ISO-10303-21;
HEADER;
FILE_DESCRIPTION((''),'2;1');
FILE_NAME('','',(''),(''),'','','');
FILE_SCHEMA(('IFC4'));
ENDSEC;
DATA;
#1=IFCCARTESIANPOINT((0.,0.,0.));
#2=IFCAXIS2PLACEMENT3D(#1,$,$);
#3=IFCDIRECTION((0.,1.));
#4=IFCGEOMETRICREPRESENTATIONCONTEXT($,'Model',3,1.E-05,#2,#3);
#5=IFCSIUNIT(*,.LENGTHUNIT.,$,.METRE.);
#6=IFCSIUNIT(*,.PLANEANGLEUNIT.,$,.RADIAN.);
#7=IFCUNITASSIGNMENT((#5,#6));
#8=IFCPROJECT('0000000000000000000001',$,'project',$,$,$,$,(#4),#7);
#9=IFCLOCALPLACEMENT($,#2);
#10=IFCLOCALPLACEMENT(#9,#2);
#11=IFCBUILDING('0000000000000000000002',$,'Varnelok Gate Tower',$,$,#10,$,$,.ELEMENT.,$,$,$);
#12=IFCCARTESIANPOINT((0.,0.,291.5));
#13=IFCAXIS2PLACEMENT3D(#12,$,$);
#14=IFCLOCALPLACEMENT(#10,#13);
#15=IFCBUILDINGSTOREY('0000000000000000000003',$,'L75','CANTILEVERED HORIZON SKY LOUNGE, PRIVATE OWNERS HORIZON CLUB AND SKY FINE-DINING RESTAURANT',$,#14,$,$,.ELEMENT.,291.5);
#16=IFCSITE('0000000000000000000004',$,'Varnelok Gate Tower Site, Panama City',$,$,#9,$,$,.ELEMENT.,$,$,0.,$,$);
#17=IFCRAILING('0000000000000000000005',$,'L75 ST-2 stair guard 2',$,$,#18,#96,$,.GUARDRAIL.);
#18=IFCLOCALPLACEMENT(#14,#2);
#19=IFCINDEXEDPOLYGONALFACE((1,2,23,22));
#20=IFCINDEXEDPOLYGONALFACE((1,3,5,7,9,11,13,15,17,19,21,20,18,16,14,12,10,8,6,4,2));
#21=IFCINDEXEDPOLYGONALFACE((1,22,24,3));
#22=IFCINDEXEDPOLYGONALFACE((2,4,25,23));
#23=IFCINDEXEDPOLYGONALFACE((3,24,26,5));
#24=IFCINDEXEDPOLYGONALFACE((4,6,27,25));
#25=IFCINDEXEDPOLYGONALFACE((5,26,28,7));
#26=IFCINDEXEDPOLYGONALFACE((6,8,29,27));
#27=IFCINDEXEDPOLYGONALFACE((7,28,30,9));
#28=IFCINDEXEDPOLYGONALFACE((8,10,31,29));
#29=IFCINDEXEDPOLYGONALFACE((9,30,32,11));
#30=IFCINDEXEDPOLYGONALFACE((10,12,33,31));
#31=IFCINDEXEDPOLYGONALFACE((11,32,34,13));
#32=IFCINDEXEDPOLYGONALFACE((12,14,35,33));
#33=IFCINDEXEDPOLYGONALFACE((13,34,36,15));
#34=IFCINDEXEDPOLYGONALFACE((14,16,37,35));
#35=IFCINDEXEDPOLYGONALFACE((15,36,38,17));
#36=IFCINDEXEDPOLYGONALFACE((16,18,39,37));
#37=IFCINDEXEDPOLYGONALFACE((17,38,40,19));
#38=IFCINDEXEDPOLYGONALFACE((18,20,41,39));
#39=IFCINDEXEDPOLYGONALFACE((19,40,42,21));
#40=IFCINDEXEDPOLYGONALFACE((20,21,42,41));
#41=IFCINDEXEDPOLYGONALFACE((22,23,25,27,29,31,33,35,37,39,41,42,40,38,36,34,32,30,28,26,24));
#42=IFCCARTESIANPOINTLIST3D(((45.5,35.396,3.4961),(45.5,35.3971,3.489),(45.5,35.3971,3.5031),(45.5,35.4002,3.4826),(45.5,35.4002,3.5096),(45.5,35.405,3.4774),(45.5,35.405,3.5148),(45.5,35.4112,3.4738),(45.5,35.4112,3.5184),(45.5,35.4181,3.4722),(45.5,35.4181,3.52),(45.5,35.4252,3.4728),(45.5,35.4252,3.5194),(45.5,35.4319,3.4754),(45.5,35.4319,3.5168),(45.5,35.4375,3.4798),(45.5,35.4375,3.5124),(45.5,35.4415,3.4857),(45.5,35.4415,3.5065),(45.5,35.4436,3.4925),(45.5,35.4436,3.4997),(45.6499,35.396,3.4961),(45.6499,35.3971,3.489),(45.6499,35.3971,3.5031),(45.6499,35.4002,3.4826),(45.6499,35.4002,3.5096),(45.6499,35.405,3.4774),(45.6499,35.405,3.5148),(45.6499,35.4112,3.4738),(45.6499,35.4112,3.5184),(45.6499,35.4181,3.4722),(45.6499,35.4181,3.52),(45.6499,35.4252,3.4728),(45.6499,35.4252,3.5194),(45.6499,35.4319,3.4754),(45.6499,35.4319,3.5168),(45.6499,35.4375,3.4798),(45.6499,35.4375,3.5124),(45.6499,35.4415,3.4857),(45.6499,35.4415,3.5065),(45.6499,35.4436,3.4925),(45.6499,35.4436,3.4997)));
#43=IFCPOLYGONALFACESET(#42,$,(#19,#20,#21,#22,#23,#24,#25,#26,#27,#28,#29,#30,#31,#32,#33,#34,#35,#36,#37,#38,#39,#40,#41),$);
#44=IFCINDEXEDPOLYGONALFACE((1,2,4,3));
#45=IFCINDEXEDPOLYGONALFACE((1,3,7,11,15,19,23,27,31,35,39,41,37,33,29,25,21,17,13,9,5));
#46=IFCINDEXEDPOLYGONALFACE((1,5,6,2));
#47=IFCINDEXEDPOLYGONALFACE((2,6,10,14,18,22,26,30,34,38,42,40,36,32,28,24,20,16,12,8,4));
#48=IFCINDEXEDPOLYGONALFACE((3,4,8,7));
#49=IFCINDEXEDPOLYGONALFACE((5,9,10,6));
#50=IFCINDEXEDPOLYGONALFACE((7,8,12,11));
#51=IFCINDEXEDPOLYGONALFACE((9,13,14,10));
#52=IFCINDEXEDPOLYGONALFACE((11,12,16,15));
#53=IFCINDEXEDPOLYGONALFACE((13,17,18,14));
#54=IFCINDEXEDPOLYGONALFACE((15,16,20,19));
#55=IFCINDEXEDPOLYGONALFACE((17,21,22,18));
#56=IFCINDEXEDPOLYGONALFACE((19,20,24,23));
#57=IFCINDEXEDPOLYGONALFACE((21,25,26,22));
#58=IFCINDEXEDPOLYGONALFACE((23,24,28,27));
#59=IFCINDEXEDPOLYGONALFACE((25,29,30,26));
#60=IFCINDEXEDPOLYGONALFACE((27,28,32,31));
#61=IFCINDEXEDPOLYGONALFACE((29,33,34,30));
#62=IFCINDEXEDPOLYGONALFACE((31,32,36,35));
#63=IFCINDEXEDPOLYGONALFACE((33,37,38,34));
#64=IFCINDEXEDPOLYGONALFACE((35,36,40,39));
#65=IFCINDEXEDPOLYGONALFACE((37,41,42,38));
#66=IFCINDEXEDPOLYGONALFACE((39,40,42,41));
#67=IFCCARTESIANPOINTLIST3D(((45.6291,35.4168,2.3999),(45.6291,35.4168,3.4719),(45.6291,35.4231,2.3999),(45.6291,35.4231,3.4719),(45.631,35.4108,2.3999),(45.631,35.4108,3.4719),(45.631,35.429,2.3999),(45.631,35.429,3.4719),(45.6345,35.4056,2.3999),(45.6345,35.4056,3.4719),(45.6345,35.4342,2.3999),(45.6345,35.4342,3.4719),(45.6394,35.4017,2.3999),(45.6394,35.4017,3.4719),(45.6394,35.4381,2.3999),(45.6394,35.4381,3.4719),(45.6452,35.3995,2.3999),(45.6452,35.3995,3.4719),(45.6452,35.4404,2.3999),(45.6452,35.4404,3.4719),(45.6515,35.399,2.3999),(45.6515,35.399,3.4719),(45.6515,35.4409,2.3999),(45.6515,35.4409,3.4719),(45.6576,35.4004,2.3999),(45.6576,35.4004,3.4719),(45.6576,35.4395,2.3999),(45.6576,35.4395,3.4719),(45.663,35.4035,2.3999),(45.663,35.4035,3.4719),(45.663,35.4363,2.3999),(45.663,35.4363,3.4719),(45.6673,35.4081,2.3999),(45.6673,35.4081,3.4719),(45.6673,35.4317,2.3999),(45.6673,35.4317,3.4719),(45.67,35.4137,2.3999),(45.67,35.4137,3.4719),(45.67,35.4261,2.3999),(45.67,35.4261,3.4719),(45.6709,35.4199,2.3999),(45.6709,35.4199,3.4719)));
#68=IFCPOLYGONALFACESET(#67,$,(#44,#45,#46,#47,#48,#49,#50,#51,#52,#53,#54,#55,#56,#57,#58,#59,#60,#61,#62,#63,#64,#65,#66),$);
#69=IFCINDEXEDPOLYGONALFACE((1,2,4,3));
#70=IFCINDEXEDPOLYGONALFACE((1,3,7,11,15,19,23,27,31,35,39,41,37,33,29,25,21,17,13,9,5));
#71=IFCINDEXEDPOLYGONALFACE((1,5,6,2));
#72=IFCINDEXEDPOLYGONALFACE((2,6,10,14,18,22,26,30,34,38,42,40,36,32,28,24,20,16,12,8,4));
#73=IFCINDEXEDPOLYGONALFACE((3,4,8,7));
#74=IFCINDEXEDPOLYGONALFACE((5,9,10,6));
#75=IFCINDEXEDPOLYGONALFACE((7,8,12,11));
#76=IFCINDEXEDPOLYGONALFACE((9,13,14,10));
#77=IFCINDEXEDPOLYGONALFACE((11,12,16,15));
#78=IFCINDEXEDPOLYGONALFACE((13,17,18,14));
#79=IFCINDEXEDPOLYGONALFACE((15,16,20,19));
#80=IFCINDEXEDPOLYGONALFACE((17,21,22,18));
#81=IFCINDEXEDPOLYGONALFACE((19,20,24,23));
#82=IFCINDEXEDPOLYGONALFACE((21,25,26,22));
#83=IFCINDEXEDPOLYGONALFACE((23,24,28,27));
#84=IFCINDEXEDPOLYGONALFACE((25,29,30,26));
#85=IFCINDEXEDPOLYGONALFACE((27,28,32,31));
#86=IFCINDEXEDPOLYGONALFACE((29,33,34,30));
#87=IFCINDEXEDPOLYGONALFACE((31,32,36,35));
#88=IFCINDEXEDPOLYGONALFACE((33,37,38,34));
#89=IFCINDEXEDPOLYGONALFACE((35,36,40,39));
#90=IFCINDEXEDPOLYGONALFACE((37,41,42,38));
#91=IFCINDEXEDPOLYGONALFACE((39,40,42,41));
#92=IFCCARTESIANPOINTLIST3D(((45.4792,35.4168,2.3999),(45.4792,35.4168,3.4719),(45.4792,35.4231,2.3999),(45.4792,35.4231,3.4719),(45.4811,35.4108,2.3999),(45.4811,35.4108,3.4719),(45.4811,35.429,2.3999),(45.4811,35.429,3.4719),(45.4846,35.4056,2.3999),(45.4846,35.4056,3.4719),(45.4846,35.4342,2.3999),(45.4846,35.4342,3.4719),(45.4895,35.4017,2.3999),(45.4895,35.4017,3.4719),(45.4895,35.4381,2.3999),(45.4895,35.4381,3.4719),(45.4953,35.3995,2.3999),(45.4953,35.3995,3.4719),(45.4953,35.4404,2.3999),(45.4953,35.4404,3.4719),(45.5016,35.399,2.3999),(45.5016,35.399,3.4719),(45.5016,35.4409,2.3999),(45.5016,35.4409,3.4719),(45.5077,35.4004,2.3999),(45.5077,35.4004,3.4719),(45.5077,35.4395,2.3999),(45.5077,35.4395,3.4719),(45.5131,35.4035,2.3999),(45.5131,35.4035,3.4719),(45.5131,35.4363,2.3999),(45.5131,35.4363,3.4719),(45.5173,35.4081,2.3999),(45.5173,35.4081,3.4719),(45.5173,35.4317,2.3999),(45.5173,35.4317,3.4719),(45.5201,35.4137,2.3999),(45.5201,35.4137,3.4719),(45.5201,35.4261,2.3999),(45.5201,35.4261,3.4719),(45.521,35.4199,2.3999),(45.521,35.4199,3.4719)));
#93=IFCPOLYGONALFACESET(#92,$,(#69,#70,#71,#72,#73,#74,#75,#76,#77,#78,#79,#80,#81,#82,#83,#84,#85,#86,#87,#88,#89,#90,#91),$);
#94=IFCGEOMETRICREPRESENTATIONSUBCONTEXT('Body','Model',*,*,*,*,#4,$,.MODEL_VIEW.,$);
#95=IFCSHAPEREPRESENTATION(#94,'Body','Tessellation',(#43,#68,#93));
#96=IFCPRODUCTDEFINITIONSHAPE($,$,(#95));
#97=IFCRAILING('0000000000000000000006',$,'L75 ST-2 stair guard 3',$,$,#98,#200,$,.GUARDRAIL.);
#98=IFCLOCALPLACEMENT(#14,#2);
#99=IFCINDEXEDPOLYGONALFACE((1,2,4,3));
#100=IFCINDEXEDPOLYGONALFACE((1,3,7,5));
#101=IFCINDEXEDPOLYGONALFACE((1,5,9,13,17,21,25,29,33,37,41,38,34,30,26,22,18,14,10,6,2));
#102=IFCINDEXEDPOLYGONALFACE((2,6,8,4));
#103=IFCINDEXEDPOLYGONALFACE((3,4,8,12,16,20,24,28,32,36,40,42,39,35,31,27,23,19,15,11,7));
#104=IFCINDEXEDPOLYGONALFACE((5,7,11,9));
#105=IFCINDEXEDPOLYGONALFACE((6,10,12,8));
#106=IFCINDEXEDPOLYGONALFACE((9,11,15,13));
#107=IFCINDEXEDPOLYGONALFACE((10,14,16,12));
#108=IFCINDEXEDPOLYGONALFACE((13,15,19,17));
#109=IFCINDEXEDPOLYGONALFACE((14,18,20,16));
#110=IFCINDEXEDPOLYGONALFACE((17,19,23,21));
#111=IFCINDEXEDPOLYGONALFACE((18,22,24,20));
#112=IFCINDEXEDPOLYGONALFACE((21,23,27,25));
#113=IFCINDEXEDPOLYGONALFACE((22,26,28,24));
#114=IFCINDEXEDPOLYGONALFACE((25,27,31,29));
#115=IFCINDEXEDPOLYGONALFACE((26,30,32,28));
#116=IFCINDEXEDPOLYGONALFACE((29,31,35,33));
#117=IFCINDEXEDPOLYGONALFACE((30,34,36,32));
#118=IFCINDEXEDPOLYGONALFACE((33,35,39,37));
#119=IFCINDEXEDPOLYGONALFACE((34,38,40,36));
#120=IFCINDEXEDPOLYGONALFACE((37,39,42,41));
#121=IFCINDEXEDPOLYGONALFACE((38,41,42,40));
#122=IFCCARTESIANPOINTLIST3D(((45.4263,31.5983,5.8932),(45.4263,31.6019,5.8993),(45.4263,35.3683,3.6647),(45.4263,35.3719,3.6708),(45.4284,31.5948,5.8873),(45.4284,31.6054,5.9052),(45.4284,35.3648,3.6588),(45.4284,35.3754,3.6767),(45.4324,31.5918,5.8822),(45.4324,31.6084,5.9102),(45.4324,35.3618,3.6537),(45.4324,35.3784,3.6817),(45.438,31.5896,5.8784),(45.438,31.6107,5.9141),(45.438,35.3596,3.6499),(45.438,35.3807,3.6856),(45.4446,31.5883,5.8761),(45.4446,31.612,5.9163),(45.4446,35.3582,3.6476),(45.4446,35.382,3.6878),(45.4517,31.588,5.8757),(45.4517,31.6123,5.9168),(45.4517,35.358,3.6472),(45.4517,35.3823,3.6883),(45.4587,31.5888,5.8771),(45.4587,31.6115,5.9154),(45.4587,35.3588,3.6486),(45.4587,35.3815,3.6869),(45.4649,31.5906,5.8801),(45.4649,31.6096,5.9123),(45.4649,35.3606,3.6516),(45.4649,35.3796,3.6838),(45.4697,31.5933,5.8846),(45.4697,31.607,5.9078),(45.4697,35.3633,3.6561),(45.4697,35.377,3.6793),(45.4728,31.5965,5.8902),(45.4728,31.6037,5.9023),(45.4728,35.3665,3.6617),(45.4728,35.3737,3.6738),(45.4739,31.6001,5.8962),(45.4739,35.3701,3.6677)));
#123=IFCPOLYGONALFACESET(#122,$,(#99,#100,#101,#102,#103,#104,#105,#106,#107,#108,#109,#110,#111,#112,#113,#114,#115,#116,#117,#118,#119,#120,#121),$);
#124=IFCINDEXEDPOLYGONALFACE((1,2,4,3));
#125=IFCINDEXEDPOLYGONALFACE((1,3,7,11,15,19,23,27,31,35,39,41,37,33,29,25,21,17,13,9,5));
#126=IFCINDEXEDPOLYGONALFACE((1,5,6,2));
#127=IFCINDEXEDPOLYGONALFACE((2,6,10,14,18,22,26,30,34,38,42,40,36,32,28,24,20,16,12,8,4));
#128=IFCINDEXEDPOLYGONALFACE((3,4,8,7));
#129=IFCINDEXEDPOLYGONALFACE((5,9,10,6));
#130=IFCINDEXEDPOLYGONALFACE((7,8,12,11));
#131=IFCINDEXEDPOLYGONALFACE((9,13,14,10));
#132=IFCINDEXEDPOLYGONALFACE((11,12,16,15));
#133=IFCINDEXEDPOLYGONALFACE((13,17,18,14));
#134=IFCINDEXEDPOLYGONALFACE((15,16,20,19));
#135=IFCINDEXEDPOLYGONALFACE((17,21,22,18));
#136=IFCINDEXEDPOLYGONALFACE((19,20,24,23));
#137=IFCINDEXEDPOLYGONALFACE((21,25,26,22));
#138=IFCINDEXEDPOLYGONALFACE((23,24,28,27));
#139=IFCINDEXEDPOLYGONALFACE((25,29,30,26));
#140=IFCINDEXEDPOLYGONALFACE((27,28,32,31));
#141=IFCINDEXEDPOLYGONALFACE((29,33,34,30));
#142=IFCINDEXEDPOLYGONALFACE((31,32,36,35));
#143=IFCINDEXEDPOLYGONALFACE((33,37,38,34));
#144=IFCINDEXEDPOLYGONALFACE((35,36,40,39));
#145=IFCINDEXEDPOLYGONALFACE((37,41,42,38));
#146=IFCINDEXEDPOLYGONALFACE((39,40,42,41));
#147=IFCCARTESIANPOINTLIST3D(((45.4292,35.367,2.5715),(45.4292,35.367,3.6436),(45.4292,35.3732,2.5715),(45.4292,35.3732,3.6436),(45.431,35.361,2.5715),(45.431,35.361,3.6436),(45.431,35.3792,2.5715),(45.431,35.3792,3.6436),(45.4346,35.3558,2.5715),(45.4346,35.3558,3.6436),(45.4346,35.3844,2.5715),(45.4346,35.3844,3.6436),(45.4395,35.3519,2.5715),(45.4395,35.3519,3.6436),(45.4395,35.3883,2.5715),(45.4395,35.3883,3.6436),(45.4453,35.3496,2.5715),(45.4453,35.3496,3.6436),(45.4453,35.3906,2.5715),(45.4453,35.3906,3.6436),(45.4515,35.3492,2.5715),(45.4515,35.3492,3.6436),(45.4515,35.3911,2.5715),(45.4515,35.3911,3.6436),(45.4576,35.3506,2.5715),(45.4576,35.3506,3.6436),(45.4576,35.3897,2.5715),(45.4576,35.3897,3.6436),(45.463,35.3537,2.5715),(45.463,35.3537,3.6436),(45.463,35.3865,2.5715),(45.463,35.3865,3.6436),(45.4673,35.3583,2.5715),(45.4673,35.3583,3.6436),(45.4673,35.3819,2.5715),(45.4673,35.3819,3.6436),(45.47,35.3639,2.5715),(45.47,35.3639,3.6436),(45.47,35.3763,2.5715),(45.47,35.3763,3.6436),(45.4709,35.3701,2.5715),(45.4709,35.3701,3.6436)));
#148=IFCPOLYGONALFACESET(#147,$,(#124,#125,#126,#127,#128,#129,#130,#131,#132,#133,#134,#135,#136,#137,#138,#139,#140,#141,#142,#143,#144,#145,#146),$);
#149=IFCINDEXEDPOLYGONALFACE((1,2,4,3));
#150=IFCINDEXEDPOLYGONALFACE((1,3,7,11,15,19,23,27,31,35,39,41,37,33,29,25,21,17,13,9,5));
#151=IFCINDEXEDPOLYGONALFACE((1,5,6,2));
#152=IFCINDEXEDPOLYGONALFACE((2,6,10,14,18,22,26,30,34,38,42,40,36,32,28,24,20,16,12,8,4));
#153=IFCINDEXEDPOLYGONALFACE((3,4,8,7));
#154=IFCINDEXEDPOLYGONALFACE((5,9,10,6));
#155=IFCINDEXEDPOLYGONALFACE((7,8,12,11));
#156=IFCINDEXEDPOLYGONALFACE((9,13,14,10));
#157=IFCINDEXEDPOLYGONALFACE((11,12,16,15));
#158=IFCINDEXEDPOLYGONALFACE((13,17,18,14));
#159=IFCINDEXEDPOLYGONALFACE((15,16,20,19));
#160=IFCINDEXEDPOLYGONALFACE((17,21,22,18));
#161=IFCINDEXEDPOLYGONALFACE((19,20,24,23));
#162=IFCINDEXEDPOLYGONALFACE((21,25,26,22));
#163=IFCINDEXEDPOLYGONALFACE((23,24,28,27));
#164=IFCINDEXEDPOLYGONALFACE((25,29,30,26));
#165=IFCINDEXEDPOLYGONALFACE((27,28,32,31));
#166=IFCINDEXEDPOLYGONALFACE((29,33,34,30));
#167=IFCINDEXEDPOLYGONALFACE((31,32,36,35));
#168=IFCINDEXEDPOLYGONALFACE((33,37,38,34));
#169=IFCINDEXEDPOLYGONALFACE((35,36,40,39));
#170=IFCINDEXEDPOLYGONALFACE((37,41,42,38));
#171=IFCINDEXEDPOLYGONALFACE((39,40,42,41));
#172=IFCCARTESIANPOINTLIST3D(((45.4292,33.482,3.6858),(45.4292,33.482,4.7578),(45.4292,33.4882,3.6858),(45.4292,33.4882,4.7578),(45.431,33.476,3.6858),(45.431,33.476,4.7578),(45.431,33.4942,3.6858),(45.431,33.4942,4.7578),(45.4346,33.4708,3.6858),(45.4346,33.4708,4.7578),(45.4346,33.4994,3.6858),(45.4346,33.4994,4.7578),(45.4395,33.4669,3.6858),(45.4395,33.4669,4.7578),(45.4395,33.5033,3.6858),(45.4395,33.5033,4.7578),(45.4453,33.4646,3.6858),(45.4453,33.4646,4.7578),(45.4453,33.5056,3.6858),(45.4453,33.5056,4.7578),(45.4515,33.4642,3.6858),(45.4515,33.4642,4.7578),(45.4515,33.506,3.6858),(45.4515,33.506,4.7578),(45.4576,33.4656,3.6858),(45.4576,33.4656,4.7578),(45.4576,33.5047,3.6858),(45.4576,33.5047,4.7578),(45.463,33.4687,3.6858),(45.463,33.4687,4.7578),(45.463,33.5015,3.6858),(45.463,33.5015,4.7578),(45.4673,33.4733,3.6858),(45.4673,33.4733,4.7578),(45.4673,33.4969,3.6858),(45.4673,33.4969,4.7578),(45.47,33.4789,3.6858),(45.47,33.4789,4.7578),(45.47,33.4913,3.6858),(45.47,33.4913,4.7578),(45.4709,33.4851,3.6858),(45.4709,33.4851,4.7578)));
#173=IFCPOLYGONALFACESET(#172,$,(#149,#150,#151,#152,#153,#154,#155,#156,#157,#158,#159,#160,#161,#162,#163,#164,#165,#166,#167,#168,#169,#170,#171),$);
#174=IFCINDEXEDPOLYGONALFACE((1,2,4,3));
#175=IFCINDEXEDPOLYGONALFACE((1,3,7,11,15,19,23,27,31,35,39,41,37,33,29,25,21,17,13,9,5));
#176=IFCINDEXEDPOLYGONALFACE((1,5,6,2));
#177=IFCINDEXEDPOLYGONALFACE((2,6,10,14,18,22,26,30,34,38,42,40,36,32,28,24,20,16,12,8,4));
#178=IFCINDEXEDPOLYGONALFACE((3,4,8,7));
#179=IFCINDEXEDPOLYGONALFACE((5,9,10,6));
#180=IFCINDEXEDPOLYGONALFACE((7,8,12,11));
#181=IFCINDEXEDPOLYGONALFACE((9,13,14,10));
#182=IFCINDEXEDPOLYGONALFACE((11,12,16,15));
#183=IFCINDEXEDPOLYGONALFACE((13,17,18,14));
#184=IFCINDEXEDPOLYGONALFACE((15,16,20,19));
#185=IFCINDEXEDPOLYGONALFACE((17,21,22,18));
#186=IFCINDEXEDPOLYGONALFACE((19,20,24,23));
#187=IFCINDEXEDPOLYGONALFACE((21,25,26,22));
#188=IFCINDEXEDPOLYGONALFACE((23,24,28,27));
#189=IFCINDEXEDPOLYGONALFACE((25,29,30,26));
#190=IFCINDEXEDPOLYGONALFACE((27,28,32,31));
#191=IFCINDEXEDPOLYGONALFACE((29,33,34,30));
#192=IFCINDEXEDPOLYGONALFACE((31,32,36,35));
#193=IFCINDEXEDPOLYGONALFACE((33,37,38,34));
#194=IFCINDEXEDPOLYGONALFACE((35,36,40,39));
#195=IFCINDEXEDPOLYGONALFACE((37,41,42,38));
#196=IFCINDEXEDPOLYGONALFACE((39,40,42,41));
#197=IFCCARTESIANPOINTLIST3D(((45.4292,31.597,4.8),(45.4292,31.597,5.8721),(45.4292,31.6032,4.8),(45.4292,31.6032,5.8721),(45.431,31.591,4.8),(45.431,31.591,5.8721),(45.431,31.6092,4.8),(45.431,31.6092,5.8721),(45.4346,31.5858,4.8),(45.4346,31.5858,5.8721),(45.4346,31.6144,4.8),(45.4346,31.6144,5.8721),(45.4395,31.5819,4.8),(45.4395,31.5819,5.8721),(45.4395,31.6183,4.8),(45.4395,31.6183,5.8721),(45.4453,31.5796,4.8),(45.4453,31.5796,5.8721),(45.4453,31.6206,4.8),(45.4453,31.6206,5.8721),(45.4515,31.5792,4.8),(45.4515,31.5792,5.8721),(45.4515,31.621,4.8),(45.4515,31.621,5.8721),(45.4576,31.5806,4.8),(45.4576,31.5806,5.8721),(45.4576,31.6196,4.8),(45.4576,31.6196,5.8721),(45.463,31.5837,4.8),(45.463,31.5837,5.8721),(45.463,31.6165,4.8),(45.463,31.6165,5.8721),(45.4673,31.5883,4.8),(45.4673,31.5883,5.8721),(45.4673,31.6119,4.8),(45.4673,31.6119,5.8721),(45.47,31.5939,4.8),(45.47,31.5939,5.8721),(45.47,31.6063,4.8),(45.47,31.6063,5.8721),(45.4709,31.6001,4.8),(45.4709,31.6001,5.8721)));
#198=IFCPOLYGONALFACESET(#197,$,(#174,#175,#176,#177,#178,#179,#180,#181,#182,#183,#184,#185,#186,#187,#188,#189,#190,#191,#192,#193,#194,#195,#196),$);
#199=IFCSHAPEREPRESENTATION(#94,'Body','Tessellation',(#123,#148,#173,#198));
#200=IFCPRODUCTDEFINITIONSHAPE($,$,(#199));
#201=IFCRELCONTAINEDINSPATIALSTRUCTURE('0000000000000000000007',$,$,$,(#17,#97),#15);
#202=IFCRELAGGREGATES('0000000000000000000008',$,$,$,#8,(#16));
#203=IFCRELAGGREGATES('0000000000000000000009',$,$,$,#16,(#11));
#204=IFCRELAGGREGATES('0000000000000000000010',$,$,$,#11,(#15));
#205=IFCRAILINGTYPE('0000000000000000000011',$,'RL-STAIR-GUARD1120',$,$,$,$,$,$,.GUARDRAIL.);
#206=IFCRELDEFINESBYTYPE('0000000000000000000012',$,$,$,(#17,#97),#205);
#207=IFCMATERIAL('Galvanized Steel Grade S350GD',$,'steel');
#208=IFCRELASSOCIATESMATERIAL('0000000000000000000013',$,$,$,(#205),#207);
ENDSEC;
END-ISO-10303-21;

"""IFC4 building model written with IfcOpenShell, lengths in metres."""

from ifc_helpers import new_model, si_unit, direction, frame, origin, origin_2d, place, context, subcontext, project, spatial, circle, extrude, material, type_object, element, save


model = new_model("IFC4")

# Units and contexts
model_context = context("Model", 3, precision=1e-05, world=origin(), true_north=direction((0.0, 1.0)))
body_context = subcontext(model_context, "Body", "Model", "MODEL_VIEW")
ifc_project = project(units=[si_unit("LENGTHUNIT", "METRE"), si_unit("PLANEANGLEUNIT", "RADIAN")], contexts=[model_context])

# Site, building, storey
site_placement = place(None, origin())
site = spatial("IfcSite", under=ifc_project, at=site_placement, Name="Varnelok Gate Tower Site, Panama City", CompositionType="ELEMENT", RefElevation=0.0)
building_placement = place(site_placement, origin())
building = spatial("IfcBuilding", under=site, at=building_placement, Name="Varnelok Gate Tower", CompositionType="ELEMENT")
storey_placement = place(building_placement, frame((0.0, 0.0, 291.5)))
storey = spatial("IfcBuildingStorey", under=building, at=storey_placement, Name="L75", Description="CANTILEVERED HORIZON SKY LOUNGE, PRIVATE OWNERS HORIZON CLUB AND SKY FINE-DINING RESTAURANT", CompositionType="ELEMENT", Elevation=291.5)

# Shared definitions
ifc_material_1 = material(Name="Galvanized Steel Grade S350GD", Category="steel")

# Railings
railing_type_1 = type_object("IfcRailingType", Name="RL-STAIR-GUARD1120", PredefinedType="GUARDRAIL", material=ifc_material_1)
railing_1_placement = place(storey_placement, frame((45.6499, 35.4199, 2.3999)))
element("IfcRailing", 1, at=railing_1_placement, inside=storey, type_object=railing_type_1, Name="L75 ST-2 stair guard 2", PredefinedType="GUARDRAIL", context=body_context, shape_type="SweptSolid", body=[
    extrude(circle(Radius=0.0239, at=origin_2d()), frame((0.0, 0.0, 1.0962), z_axis=(-1.0, 0.0, 0.0), x_axis=(0.0, -1.0, 0.0)), (0.0, 0.0, 1.0), 0.1499),
    extrude(circle(Radius=0.021, at=origin_2d()), origin(), (0.0, 0.0, 1.0), 1.072),
    extrude(circle(Radius=0.021, at=origin_2d()), frame((-0.1499, 0.0, 0.0)), (0.0, 0.0, 1.0), 1.072),
])
railing_2_placement = place(storey_placement, frame((45.45, 35.3701, 2.5715)))
element("IfcRailing", 2, at=railing_2_placement, inside=storey, type_object=railing_type_1, Name="L75 ST-2 stair guard 3", PredefinedType="GUARDRAIL", context=body_context, shape_type="SweptSolid", body=[
    extrude(circle(Radius=0.0239, at=origin_2d()), frame((0.0, 0.0, 1.0962), z_axis=(0.0, -0.860849, 0.508861), x_axis=(1.0, 0.0, 0.0)), (0.0, 0.0, 1.0), 4.3794),
    extrude(circle(Radius=0.021, at=origin_2d()), origin(), (0.0, 0.0, 1.0), 1.072),
    extrude(circle(Radius=0.021, at=origin_2d()), frame((0.0, -1.885, 1.1143)), (0.0, 0.0, 1.0), 1.072),
    extrude(circle(Radius=0.021, at=origin_2d()), frame((0.0, -3.77, 2.2285)), (0.0, 0.0, 1.0), 1.072),
])

save(model, "model.ifc")
